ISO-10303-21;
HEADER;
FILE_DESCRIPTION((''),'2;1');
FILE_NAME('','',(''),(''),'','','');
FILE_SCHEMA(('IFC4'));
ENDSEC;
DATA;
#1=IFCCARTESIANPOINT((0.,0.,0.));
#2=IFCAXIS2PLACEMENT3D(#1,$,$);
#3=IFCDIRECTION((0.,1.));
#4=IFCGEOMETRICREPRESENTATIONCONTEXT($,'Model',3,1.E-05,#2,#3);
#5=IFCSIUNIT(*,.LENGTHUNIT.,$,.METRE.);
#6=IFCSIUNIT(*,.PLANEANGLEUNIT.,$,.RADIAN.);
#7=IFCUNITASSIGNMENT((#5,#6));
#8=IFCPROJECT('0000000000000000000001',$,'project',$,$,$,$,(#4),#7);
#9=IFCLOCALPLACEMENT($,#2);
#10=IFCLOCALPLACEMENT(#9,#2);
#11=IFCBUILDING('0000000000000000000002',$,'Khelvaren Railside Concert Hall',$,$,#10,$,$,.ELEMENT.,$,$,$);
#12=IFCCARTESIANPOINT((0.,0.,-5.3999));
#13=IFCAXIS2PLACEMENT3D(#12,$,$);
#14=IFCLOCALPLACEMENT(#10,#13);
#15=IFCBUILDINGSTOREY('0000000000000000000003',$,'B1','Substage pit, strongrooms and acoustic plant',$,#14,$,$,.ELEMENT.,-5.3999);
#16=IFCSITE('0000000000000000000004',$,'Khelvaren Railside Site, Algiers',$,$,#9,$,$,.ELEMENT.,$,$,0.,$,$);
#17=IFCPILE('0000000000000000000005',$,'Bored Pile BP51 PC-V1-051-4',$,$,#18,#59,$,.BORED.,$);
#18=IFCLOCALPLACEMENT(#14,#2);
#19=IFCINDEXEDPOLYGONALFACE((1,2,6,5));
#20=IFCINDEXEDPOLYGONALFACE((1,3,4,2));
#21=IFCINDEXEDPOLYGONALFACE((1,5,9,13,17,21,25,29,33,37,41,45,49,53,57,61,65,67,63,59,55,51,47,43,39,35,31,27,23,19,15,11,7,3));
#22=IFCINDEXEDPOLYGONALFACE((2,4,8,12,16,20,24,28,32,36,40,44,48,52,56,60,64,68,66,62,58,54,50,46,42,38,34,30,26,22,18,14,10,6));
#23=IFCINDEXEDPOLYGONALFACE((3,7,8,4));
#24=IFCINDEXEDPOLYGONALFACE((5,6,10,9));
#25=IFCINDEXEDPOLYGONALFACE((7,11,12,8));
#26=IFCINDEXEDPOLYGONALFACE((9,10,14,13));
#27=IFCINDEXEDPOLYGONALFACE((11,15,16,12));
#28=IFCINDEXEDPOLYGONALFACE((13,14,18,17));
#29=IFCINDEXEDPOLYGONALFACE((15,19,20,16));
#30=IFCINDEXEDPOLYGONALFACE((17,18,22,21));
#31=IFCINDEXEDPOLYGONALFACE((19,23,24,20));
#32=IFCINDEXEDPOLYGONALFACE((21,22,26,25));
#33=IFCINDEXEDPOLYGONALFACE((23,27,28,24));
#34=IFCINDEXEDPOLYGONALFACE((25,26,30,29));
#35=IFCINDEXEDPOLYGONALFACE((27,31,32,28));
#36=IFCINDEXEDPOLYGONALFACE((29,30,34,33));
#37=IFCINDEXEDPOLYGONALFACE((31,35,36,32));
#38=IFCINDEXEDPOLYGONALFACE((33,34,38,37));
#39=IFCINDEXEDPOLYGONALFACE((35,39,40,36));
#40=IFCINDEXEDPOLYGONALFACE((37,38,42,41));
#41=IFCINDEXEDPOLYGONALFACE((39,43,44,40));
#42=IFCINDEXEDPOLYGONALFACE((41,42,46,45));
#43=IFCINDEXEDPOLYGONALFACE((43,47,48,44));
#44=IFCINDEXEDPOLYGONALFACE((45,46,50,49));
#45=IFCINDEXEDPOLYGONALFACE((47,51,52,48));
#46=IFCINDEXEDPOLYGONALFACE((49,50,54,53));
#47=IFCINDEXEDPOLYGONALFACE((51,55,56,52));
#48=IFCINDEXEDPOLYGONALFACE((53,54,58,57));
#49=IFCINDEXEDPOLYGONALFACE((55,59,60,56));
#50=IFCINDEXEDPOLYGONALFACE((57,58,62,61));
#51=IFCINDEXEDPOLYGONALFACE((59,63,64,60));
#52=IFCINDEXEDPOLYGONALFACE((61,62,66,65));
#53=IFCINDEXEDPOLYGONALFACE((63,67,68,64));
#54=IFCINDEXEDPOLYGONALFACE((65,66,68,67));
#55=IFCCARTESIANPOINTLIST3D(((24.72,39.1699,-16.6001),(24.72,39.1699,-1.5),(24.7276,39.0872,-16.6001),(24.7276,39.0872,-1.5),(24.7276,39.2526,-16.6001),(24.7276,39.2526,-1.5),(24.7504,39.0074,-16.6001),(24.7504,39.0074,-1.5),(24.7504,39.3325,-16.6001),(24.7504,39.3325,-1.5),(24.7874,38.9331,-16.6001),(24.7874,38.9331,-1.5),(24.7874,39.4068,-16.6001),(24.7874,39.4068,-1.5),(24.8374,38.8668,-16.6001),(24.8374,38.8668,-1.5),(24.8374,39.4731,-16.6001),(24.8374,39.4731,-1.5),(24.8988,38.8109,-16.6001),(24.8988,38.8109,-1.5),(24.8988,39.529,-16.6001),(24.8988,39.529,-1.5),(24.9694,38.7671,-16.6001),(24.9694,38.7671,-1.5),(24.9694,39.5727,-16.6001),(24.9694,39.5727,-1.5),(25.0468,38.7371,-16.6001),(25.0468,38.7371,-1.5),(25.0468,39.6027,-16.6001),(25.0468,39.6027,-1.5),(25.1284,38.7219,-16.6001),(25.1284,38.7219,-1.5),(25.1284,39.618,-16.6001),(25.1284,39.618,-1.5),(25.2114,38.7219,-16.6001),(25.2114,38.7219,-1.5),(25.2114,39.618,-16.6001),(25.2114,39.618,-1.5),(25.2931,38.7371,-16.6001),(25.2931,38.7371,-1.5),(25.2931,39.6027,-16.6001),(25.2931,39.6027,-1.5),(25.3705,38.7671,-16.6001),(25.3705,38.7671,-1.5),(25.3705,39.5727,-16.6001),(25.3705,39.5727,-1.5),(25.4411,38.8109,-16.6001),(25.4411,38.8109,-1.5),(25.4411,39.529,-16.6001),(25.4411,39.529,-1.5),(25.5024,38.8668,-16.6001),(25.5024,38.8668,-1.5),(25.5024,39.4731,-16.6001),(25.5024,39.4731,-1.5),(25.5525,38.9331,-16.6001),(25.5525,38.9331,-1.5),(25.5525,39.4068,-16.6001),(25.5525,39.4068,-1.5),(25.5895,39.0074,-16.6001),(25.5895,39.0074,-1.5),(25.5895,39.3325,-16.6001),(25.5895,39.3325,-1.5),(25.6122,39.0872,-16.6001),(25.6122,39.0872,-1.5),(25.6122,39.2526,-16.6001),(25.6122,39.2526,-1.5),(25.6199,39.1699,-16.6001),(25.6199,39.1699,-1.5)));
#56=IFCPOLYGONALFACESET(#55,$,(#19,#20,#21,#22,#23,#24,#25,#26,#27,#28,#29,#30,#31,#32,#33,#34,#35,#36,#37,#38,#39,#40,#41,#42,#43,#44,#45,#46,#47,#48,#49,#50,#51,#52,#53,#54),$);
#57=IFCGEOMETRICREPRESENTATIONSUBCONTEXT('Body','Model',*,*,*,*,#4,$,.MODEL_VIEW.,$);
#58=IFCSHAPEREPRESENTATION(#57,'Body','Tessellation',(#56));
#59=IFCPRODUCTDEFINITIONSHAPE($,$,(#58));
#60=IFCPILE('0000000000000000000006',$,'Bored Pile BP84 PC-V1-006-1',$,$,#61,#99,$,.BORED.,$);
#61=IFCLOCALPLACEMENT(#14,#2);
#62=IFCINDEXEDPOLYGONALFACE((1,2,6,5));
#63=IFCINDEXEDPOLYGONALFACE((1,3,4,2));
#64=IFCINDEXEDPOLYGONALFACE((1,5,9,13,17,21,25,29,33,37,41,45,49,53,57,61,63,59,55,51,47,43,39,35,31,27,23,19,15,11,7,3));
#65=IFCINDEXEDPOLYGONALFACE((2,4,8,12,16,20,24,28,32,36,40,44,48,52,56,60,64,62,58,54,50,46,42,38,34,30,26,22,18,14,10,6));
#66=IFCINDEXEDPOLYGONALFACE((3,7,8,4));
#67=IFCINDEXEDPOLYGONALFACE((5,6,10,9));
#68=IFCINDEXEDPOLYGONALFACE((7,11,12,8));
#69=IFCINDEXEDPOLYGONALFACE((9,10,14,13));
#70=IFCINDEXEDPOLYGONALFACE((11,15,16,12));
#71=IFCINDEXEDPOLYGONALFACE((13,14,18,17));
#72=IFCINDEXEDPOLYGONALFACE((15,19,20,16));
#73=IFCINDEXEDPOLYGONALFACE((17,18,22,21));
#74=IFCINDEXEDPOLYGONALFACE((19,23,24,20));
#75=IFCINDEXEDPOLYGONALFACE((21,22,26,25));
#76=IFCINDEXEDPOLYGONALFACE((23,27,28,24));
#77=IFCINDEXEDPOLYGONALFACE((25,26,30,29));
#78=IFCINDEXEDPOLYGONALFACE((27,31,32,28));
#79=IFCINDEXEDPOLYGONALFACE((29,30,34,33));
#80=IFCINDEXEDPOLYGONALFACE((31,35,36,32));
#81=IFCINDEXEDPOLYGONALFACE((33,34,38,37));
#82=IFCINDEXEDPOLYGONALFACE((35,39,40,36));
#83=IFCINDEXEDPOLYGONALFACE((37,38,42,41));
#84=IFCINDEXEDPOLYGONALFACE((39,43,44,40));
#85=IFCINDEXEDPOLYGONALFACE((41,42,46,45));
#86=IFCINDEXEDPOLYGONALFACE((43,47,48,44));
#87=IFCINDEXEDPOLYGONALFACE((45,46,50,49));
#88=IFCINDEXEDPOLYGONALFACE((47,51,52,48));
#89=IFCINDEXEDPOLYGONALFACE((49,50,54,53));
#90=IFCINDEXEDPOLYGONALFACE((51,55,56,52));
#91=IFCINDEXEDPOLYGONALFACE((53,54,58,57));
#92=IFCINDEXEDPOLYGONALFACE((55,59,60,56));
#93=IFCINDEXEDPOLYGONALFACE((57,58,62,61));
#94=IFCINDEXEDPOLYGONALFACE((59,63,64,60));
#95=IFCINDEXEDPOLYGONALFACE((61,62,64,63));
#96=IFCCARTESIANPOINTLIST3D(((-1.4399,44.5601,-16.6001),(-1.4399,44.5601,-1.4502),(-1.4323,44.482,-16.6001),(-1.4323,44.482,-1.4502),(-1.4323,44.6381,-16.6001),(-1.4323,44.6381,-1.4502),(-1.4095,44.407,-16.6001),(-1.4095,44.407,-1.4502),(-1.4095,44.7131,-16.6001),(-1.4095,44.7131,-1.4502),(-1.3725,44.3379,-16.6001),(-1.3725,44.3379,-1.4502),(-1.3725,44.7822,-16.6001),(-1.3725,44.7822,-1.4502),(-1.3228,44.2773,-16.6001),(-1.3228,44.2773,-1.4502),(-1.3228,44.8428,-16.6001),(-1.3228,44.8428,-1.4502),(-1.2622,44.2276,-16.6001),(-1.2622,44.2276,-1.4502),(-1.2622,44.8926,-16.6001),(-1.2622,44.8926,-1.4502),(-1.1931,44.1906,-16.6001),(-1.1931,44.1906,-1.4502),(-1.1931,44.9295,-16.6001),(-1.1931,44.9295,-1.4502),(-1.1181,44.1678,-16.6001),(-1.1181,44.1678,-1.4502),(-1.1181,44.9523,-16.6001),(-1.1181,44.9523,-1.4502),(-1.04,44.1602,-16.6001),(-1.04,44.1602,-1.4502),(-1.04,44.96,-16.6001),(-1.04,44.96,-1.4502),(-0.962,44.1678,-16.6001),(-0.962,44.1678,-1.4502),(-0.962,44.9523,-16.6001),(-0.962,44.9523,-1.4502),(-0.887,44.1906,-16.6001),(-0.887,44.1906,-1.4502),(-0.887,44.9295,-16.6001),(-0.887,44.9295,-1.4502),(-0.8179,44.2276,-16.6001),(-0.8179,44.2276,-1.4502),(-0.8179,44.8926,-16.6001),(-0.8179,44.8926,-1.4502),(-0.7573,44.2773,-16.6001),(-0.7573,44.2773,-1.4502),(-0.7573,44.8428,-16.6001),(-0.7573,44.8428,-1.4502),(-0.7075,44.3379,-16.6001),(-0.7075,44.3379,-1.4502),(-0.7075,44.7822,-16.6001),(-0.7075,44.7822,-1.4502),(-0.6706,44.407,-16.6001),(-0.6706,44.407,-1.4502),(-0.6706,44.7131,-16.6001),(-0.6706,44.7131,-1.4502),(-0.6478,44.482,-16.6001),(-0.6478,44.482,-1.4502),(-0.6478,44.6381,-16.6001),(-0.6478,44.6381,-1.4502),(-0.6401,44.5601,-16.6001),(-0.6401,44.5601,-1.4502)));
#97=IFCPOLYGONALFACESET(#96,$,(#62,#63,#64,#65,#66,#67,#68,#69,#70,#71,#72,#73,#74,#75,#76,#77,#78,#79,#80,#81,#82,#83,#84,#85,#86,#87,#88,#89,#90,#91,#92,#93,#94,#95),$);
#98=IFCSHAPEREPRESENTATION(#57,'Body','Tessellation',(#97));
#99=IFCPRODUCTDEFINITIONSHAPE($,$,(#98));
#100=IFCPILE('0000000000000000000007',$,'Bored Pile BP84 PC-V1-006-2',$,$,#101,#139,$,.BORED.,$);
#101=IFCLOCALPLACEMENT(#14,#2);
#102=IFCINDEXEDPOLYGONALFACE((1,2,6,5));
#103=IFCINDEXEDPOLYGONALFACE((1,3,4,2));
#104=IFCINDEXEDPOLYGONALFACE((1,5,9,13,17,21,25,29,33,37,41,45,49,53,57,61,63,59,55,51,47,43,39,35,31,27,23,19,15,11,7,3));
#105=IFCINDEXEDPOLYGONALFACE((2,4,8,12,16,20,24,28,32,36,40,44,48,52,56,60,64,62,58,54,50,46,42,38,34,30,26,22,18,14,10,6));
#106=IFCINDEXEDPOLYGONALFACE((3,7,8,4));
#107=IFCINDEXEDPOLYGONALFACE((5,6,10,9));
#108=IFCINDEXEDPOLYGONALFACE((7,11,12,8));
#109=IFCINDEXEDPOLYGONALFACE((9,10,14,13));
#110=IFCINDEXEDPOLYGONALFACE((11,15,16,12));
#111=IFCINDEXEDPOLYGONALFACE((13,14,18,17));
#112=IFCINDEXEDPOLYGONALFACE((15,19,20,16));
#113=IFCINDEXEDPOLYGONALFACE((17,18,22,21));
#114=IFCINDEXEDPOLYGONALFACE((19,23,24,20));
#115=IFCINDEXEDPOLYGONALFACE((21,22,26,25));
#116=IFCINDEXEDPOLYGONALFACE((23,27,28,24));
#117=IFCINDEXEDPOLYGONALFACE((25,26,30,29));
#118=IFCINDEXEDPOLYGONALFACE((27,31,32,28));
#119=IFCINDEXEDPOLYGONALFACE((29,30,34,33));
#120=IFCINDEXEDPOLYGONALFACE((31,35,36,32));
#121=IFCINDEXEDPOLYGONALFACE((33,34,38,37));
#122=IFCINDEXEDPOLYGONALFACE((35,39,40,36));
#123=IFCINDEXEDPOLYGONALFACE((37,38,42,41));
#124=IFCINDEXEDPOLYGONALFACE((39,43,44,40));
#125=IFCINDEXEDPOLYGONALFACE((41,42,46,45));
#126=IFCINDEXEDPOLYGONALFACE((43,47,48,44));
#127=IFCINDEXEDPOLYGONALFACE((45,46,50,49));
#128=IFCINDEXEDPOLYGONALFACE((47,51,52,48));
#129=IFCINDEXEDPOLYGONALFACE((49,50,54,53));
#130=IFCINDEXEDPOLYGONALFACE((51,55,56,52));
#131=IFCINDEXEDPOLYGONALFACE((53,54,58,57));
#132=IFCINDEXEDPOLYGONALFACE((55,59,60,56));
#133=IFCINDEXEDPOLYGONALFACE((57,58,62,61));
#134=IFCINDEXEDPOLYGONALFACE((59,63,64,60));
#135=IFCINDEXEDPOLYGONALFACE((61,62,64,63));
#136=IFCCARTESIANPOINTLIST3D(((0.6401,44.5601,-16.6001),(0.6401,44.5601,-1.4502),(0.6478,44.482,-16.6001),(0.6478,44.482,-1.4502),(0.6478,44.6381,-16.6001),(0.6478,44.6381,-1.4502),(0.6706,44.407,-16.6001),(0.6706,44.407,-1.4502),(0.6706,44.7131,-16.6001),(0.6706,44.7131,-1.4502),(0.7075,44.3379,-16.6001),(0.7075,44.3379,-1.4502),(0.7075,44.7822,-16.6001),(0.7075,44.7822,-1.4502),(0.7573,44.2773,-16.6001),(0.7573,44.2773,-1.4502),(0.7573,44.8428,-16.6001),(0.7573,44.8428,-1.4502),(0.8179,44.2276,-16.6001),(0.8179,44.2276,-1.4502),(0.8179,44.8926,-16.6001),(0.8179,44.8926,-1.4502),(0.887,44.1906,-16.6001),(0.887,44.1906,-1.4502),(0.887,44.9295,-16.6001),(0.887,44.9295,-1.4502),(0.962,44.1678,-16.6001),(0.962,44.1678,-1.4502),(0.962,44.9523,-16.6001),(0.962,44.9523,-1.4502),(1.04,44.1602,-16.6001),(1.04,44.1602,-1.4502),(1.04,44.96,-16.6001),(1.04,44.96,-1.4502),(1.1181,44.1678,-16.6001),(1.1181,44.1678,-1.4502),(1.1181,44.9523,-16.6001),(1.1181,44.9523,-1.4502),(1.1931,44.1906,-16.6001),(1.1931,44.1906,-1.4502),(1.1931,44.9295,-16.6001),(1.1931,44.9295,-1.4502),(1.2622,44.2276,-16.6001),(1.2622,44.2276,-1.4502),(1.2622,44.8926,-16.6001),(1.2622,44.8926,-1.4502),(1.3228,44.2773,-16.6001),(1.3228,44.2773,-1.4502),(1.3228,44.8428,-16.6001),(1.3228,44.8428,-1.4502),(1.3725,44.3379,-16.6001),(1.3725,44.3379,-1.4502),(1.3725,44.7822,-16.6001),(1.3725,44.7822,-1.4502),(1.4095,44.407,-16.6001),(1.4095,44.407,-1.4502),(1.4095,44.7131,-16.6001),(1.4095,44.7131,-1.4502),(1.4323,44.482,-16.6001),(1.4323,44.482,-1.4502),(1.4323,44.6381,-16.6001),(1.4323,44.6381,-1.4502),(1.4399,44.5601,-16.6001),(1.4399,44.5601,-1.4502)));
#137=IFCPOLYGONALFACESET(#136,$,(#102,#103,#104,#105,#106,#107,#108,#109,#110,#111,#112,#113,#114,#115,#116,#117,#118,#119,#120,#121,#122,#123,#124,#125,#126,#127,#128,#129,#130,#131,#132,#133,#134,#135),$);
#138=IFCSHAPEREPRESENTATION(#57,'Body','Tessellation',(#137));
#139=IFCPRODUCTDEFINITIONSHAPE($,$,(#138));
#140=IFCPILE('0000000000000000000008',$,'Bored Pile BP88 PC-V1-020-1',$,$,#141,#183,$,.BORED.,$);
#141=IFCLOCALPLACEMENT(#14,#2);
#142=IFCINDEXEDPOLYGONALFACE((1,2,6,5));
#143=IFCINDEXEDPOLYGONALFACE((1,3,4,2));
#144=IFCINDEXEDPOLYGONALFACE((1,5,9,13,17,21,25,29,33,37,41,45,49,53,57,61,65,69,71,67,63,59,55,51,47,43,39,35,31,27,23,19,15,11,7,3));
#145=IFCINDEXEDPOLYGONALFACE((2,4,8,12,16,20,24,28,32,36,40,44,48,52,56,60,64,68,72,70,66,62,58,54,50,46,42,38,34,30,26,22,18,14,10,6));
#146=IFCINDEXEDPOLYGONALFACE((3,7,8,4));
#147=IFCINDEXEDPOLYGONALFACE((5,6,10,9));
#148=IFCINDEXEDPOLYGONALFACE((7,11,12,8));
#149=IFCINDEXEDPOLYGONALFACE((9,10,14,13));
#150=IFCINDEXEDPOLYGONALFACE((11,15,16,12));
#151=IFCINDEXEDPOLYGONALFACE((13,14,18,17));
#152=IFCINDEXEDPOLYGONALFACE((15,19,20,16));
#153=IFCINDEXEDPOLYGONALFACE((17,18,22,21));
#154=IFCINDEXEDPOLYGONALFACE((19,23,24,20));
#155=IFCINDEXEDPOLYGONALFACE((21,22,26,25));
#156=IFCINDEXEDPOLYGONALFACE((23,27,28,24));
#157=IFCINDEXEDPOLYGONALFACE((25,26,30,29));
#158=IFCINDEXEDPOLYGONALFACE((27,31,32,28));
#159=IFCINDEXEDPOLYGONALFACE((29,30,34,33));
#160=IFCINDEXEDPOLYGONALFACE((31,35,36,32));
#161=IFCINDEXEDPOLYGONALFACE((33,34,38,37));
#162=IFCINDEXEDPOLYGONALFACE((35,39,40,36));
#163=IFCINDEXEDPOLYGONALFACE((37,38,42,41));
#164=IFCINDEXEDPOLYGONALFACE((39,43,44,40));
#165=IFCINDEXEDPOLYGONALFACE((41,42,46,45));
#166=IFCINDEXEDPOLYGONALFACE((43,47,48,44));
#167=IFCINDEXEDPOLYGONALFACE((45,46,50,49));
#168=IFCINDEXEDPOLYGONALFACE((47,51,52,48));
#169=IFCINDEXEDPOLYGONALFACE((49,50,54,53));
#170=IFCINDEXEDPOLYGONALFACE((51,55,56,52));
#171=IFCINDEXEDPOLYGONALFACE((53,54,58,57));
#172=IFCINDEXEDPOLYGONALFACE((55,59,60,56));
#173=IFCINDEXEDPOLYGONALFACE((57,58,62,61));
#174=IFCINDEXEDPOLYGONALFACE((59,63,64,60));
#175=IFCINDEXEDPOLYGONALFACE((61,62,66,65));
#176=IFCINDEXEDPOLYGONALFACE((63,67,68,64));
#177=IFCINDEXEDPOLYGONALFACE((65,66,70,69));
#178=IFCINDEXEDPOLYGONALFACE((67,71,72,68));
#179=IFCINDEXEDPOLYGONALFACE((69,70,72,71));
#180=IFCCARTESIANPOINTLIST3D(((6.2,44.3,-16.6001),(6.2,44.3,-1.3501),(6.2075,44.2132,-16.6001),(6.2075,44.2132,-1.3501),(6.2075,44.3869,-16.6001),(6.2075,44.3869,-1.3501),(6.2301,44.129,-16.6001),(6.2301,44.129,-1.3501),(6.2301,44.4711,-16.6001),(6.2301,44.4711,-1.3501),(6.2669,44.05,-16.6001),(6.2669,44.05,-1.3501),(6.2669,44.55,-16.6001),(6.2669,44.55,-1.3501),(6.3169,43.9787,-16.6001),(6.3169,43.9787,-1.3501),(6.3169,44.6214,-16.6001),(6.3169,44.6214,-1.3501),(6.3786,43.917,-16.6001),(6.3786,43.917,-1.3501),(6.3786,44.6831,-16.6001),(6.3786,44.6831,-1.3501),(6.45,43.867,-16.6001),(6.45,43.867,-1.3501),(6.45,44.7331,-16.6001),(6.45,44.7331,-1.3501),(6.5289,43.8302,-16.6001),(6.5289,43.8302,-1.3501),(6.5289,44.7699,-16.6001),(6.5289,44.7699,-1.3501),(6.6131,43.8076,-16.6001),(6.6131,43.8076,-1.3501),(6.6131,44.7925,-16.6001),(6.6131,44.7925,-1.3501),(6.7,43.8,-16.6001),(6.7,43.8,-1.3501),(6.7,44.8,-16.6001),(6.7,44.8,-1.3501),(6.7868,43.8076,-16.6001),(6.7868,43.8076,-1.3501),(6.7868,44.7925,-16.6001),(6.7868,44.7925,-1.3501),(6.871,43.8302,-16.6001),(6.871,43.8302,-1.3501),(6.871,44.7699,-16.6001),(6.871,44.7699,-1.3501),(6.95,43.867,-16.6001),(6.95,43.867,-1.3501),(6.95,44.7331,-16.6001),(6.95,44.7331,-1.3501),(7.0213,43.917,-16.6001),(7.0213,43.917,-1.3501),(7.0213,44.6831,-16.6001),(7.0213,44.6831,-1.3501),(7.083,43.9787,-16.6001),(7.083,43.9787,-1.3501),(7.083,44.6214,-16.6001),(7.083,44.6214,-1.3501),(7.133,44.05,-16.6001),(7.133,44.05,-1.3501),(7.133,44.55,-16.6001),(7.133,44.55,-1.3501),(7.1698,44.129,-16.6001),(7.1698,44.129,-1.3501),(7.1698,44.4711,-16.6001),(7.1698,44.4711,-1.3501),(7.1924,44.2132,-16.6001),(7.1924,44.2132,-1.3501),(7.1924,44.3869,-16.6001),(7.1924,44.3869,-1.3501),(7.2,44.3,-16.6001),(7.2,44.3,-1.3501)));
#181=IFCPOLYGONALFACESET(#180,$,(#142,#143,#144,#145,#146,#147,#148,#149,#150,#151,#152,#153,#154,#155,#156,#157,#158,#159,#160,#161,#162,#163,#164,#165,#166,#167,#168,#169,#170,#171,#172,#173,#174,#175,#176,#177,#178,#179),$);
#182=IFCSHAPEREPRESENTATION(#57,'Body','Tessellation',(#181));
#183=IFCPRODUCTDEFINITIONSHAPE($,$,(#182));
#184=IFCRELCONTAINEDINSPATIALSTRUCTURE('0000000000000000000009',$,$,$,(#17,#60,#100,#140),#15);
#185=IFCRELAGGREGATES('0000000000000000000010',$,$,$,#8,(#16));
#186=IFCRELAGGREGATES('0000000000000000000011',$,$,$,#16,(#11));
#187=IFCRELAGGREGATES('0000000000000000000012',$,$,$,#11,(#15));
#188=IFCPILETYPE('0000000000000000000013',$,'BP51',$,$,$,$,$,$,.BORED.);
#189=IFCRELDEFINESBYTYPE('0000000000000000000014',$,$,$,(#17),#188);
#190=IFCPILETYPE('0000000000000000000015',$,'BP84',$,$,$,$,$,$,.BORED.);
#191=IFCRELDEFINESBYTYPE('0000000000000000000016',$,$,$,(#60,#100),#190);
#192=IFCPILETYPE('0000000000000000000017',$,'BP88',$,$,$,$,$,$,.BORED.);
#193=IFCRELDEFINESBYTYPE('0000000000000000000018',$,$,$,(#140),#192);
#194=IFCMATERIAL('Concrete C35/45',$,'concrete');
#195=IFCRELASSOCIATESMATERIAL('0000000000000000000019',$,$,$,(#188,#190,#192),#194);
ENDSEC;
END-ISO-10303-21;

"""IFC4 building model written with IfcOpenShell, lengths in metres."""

from ifc_helpers import new_model, si_unit, direction, frame, origin, origin_2d, place, context, subcontext, project, spatial, circle, extrude, material, material_profile, profile_set, type_object, element, save


model = new_model("IFC4")

# Units and contexts
model_context = context("Model", 3, precision=1e-05, world=origin(), true_north=direction((0.0, 1.0)))
body_context = subcontext(model_context, "Body", "Model", "MODEL_VIEW")
ifc_project = project(units=[si_unit("LENGTHUNIT", "METRE"), si_unit("PLANEANGLEUNIT", "RADIAN")], contexts=[model_context])

# Site, building, storey
site_placement = place(None, origin())
site = spatial("IfcSite", under=ifc_project, at=site_placement, Name="Khelvaren Railside Site, Algiers", CompositionType="ELEMENT", RefElevation=0.0)
building_placement = place(site_placement, origin())
building = spatial("IfcBuilding", under=site, at=building_placement, Name="Khelvaren Railside Concert Hall", CompositionType="ELEMENT")
storey_placement = place(building_placement, frame((0.0, 0.0, -5.3999)))
storey = spatial("IfcBuildingStorey", under=building, at=storey_placement, Name="B1", Description="Substage pit, strongrooms and acoustic plant", CompositionType="ELEMENT", Elevation=-5.3999)

# Piles
ifc_material_1 = material(Name="Concrete C35/45", Category="concrete")
ifc_material_profile_1 = material_profile(ifc_material_1, circle(Radius=0.45, at=origin_2d()), Name="BP D900")
ifc_profile_set_1 = profile_set([ifc_material_profile_1], Name="Concrete C35/45")
pile_type_1 = type_object("IfcPileType", Name="BP51", PredefinedType="BORED", material=ifc_profile_set_1)
for number, where, z_axis, x_axis, name in (
    (1, (25.1699, 39.1699, -1.5), (0.0, 0.0, -1.0), (1.0, 0.0, 0.0), "Bored Pile BP51 PC-V1-051-4"),
):
    element("IfcPile", number, at=place(storey_placement, frame(where, z_axis=z_axis, x_axis=x_axis)), inside=storey, type_object=pile_type_1, Name=name, PredefinedType="BORED", context=body_context, shape_type="SweptSolid", body=[
        extrude(circle(Radius=0.45, at=origin_2d()), origin(), (0.0, 0.0, 1.0), 15.1001),
    ])
ifc_material_profile_2 = material_profile(ifc_material_1, circle(Radius=0.3999, at=origin_2d()), Name="BP D800")
ifc_profile_set_2 = profile_set([ifc_material_profile_2], Name="Concrete C35/45")
pile_type_2 = type_object("IfcPileType", Name="BP84", PredefinedType="BORED", material=ifc_profile_set_2)
for number, where, z_axis, x_axis, name in (
    (2, (-1.04, 44.5601, -1.4502), (0.0, 0.0, -1.0), (1.0, 0.0, 0.0), "Bored Pile BP84 PC-V1-006-1"),
    (3, (1.04, 44.5601, -1.4502), (0.0, 0.0, -1.0), (1.0, 0.0, 0.0), "Bored Pile BP84 PC-V1-006-2"),
):
    element("IfcPile", number, at=place(storey_placement, frame(where, z_axis=z_axis, x_axis=x_axis)), inside=storey, type_object=pile_type_2, Name=name, PredefinedType="BORED", context=body_context, shape_type="SweptSolid", body=[
        extrude(circle(Radius=0.3999, at=origin_2d()), origin(), (0.0, 0.0, 1.0), 15.1499),
    ])
ifc_material_profile_3 = material_profile(ifc_material_1, circle(Radius=0.5, at=origin_2d()), Name="BP D1000")
ifc_profile_set_3 = profile_set([ifc_material_profile_3], Name="Concrete C35/45")
pile_type_3 = type_object("IfcPileType", Name="BP88", PredefinedType="BORED", material=ifc_profile_set_3)
for number, where, z_axis, x_axis, name in (
    (4, (6.7, 44.3, -1.3501), (0.0, 0.0, -1.0), (1.0, 0.0, 0.0), "Bored Pile BP88 PC-V1-020-1"),
):
    element("IfcPile", number, at=place(storey_placement, frame(where, z_axis=z_axis, x_axis=x_axis)), inside=storey, type_object=pile_type_3, Name=name, PredefinedType="BORED", context=body_context, shape_type="SweptSolid", body=[
        extrude(circle(Radius=0.5, at=origin_2d()), origin(), (0.0, 0.0, 1.0), 15.25),
    ])

save(model, "model.ifc")
